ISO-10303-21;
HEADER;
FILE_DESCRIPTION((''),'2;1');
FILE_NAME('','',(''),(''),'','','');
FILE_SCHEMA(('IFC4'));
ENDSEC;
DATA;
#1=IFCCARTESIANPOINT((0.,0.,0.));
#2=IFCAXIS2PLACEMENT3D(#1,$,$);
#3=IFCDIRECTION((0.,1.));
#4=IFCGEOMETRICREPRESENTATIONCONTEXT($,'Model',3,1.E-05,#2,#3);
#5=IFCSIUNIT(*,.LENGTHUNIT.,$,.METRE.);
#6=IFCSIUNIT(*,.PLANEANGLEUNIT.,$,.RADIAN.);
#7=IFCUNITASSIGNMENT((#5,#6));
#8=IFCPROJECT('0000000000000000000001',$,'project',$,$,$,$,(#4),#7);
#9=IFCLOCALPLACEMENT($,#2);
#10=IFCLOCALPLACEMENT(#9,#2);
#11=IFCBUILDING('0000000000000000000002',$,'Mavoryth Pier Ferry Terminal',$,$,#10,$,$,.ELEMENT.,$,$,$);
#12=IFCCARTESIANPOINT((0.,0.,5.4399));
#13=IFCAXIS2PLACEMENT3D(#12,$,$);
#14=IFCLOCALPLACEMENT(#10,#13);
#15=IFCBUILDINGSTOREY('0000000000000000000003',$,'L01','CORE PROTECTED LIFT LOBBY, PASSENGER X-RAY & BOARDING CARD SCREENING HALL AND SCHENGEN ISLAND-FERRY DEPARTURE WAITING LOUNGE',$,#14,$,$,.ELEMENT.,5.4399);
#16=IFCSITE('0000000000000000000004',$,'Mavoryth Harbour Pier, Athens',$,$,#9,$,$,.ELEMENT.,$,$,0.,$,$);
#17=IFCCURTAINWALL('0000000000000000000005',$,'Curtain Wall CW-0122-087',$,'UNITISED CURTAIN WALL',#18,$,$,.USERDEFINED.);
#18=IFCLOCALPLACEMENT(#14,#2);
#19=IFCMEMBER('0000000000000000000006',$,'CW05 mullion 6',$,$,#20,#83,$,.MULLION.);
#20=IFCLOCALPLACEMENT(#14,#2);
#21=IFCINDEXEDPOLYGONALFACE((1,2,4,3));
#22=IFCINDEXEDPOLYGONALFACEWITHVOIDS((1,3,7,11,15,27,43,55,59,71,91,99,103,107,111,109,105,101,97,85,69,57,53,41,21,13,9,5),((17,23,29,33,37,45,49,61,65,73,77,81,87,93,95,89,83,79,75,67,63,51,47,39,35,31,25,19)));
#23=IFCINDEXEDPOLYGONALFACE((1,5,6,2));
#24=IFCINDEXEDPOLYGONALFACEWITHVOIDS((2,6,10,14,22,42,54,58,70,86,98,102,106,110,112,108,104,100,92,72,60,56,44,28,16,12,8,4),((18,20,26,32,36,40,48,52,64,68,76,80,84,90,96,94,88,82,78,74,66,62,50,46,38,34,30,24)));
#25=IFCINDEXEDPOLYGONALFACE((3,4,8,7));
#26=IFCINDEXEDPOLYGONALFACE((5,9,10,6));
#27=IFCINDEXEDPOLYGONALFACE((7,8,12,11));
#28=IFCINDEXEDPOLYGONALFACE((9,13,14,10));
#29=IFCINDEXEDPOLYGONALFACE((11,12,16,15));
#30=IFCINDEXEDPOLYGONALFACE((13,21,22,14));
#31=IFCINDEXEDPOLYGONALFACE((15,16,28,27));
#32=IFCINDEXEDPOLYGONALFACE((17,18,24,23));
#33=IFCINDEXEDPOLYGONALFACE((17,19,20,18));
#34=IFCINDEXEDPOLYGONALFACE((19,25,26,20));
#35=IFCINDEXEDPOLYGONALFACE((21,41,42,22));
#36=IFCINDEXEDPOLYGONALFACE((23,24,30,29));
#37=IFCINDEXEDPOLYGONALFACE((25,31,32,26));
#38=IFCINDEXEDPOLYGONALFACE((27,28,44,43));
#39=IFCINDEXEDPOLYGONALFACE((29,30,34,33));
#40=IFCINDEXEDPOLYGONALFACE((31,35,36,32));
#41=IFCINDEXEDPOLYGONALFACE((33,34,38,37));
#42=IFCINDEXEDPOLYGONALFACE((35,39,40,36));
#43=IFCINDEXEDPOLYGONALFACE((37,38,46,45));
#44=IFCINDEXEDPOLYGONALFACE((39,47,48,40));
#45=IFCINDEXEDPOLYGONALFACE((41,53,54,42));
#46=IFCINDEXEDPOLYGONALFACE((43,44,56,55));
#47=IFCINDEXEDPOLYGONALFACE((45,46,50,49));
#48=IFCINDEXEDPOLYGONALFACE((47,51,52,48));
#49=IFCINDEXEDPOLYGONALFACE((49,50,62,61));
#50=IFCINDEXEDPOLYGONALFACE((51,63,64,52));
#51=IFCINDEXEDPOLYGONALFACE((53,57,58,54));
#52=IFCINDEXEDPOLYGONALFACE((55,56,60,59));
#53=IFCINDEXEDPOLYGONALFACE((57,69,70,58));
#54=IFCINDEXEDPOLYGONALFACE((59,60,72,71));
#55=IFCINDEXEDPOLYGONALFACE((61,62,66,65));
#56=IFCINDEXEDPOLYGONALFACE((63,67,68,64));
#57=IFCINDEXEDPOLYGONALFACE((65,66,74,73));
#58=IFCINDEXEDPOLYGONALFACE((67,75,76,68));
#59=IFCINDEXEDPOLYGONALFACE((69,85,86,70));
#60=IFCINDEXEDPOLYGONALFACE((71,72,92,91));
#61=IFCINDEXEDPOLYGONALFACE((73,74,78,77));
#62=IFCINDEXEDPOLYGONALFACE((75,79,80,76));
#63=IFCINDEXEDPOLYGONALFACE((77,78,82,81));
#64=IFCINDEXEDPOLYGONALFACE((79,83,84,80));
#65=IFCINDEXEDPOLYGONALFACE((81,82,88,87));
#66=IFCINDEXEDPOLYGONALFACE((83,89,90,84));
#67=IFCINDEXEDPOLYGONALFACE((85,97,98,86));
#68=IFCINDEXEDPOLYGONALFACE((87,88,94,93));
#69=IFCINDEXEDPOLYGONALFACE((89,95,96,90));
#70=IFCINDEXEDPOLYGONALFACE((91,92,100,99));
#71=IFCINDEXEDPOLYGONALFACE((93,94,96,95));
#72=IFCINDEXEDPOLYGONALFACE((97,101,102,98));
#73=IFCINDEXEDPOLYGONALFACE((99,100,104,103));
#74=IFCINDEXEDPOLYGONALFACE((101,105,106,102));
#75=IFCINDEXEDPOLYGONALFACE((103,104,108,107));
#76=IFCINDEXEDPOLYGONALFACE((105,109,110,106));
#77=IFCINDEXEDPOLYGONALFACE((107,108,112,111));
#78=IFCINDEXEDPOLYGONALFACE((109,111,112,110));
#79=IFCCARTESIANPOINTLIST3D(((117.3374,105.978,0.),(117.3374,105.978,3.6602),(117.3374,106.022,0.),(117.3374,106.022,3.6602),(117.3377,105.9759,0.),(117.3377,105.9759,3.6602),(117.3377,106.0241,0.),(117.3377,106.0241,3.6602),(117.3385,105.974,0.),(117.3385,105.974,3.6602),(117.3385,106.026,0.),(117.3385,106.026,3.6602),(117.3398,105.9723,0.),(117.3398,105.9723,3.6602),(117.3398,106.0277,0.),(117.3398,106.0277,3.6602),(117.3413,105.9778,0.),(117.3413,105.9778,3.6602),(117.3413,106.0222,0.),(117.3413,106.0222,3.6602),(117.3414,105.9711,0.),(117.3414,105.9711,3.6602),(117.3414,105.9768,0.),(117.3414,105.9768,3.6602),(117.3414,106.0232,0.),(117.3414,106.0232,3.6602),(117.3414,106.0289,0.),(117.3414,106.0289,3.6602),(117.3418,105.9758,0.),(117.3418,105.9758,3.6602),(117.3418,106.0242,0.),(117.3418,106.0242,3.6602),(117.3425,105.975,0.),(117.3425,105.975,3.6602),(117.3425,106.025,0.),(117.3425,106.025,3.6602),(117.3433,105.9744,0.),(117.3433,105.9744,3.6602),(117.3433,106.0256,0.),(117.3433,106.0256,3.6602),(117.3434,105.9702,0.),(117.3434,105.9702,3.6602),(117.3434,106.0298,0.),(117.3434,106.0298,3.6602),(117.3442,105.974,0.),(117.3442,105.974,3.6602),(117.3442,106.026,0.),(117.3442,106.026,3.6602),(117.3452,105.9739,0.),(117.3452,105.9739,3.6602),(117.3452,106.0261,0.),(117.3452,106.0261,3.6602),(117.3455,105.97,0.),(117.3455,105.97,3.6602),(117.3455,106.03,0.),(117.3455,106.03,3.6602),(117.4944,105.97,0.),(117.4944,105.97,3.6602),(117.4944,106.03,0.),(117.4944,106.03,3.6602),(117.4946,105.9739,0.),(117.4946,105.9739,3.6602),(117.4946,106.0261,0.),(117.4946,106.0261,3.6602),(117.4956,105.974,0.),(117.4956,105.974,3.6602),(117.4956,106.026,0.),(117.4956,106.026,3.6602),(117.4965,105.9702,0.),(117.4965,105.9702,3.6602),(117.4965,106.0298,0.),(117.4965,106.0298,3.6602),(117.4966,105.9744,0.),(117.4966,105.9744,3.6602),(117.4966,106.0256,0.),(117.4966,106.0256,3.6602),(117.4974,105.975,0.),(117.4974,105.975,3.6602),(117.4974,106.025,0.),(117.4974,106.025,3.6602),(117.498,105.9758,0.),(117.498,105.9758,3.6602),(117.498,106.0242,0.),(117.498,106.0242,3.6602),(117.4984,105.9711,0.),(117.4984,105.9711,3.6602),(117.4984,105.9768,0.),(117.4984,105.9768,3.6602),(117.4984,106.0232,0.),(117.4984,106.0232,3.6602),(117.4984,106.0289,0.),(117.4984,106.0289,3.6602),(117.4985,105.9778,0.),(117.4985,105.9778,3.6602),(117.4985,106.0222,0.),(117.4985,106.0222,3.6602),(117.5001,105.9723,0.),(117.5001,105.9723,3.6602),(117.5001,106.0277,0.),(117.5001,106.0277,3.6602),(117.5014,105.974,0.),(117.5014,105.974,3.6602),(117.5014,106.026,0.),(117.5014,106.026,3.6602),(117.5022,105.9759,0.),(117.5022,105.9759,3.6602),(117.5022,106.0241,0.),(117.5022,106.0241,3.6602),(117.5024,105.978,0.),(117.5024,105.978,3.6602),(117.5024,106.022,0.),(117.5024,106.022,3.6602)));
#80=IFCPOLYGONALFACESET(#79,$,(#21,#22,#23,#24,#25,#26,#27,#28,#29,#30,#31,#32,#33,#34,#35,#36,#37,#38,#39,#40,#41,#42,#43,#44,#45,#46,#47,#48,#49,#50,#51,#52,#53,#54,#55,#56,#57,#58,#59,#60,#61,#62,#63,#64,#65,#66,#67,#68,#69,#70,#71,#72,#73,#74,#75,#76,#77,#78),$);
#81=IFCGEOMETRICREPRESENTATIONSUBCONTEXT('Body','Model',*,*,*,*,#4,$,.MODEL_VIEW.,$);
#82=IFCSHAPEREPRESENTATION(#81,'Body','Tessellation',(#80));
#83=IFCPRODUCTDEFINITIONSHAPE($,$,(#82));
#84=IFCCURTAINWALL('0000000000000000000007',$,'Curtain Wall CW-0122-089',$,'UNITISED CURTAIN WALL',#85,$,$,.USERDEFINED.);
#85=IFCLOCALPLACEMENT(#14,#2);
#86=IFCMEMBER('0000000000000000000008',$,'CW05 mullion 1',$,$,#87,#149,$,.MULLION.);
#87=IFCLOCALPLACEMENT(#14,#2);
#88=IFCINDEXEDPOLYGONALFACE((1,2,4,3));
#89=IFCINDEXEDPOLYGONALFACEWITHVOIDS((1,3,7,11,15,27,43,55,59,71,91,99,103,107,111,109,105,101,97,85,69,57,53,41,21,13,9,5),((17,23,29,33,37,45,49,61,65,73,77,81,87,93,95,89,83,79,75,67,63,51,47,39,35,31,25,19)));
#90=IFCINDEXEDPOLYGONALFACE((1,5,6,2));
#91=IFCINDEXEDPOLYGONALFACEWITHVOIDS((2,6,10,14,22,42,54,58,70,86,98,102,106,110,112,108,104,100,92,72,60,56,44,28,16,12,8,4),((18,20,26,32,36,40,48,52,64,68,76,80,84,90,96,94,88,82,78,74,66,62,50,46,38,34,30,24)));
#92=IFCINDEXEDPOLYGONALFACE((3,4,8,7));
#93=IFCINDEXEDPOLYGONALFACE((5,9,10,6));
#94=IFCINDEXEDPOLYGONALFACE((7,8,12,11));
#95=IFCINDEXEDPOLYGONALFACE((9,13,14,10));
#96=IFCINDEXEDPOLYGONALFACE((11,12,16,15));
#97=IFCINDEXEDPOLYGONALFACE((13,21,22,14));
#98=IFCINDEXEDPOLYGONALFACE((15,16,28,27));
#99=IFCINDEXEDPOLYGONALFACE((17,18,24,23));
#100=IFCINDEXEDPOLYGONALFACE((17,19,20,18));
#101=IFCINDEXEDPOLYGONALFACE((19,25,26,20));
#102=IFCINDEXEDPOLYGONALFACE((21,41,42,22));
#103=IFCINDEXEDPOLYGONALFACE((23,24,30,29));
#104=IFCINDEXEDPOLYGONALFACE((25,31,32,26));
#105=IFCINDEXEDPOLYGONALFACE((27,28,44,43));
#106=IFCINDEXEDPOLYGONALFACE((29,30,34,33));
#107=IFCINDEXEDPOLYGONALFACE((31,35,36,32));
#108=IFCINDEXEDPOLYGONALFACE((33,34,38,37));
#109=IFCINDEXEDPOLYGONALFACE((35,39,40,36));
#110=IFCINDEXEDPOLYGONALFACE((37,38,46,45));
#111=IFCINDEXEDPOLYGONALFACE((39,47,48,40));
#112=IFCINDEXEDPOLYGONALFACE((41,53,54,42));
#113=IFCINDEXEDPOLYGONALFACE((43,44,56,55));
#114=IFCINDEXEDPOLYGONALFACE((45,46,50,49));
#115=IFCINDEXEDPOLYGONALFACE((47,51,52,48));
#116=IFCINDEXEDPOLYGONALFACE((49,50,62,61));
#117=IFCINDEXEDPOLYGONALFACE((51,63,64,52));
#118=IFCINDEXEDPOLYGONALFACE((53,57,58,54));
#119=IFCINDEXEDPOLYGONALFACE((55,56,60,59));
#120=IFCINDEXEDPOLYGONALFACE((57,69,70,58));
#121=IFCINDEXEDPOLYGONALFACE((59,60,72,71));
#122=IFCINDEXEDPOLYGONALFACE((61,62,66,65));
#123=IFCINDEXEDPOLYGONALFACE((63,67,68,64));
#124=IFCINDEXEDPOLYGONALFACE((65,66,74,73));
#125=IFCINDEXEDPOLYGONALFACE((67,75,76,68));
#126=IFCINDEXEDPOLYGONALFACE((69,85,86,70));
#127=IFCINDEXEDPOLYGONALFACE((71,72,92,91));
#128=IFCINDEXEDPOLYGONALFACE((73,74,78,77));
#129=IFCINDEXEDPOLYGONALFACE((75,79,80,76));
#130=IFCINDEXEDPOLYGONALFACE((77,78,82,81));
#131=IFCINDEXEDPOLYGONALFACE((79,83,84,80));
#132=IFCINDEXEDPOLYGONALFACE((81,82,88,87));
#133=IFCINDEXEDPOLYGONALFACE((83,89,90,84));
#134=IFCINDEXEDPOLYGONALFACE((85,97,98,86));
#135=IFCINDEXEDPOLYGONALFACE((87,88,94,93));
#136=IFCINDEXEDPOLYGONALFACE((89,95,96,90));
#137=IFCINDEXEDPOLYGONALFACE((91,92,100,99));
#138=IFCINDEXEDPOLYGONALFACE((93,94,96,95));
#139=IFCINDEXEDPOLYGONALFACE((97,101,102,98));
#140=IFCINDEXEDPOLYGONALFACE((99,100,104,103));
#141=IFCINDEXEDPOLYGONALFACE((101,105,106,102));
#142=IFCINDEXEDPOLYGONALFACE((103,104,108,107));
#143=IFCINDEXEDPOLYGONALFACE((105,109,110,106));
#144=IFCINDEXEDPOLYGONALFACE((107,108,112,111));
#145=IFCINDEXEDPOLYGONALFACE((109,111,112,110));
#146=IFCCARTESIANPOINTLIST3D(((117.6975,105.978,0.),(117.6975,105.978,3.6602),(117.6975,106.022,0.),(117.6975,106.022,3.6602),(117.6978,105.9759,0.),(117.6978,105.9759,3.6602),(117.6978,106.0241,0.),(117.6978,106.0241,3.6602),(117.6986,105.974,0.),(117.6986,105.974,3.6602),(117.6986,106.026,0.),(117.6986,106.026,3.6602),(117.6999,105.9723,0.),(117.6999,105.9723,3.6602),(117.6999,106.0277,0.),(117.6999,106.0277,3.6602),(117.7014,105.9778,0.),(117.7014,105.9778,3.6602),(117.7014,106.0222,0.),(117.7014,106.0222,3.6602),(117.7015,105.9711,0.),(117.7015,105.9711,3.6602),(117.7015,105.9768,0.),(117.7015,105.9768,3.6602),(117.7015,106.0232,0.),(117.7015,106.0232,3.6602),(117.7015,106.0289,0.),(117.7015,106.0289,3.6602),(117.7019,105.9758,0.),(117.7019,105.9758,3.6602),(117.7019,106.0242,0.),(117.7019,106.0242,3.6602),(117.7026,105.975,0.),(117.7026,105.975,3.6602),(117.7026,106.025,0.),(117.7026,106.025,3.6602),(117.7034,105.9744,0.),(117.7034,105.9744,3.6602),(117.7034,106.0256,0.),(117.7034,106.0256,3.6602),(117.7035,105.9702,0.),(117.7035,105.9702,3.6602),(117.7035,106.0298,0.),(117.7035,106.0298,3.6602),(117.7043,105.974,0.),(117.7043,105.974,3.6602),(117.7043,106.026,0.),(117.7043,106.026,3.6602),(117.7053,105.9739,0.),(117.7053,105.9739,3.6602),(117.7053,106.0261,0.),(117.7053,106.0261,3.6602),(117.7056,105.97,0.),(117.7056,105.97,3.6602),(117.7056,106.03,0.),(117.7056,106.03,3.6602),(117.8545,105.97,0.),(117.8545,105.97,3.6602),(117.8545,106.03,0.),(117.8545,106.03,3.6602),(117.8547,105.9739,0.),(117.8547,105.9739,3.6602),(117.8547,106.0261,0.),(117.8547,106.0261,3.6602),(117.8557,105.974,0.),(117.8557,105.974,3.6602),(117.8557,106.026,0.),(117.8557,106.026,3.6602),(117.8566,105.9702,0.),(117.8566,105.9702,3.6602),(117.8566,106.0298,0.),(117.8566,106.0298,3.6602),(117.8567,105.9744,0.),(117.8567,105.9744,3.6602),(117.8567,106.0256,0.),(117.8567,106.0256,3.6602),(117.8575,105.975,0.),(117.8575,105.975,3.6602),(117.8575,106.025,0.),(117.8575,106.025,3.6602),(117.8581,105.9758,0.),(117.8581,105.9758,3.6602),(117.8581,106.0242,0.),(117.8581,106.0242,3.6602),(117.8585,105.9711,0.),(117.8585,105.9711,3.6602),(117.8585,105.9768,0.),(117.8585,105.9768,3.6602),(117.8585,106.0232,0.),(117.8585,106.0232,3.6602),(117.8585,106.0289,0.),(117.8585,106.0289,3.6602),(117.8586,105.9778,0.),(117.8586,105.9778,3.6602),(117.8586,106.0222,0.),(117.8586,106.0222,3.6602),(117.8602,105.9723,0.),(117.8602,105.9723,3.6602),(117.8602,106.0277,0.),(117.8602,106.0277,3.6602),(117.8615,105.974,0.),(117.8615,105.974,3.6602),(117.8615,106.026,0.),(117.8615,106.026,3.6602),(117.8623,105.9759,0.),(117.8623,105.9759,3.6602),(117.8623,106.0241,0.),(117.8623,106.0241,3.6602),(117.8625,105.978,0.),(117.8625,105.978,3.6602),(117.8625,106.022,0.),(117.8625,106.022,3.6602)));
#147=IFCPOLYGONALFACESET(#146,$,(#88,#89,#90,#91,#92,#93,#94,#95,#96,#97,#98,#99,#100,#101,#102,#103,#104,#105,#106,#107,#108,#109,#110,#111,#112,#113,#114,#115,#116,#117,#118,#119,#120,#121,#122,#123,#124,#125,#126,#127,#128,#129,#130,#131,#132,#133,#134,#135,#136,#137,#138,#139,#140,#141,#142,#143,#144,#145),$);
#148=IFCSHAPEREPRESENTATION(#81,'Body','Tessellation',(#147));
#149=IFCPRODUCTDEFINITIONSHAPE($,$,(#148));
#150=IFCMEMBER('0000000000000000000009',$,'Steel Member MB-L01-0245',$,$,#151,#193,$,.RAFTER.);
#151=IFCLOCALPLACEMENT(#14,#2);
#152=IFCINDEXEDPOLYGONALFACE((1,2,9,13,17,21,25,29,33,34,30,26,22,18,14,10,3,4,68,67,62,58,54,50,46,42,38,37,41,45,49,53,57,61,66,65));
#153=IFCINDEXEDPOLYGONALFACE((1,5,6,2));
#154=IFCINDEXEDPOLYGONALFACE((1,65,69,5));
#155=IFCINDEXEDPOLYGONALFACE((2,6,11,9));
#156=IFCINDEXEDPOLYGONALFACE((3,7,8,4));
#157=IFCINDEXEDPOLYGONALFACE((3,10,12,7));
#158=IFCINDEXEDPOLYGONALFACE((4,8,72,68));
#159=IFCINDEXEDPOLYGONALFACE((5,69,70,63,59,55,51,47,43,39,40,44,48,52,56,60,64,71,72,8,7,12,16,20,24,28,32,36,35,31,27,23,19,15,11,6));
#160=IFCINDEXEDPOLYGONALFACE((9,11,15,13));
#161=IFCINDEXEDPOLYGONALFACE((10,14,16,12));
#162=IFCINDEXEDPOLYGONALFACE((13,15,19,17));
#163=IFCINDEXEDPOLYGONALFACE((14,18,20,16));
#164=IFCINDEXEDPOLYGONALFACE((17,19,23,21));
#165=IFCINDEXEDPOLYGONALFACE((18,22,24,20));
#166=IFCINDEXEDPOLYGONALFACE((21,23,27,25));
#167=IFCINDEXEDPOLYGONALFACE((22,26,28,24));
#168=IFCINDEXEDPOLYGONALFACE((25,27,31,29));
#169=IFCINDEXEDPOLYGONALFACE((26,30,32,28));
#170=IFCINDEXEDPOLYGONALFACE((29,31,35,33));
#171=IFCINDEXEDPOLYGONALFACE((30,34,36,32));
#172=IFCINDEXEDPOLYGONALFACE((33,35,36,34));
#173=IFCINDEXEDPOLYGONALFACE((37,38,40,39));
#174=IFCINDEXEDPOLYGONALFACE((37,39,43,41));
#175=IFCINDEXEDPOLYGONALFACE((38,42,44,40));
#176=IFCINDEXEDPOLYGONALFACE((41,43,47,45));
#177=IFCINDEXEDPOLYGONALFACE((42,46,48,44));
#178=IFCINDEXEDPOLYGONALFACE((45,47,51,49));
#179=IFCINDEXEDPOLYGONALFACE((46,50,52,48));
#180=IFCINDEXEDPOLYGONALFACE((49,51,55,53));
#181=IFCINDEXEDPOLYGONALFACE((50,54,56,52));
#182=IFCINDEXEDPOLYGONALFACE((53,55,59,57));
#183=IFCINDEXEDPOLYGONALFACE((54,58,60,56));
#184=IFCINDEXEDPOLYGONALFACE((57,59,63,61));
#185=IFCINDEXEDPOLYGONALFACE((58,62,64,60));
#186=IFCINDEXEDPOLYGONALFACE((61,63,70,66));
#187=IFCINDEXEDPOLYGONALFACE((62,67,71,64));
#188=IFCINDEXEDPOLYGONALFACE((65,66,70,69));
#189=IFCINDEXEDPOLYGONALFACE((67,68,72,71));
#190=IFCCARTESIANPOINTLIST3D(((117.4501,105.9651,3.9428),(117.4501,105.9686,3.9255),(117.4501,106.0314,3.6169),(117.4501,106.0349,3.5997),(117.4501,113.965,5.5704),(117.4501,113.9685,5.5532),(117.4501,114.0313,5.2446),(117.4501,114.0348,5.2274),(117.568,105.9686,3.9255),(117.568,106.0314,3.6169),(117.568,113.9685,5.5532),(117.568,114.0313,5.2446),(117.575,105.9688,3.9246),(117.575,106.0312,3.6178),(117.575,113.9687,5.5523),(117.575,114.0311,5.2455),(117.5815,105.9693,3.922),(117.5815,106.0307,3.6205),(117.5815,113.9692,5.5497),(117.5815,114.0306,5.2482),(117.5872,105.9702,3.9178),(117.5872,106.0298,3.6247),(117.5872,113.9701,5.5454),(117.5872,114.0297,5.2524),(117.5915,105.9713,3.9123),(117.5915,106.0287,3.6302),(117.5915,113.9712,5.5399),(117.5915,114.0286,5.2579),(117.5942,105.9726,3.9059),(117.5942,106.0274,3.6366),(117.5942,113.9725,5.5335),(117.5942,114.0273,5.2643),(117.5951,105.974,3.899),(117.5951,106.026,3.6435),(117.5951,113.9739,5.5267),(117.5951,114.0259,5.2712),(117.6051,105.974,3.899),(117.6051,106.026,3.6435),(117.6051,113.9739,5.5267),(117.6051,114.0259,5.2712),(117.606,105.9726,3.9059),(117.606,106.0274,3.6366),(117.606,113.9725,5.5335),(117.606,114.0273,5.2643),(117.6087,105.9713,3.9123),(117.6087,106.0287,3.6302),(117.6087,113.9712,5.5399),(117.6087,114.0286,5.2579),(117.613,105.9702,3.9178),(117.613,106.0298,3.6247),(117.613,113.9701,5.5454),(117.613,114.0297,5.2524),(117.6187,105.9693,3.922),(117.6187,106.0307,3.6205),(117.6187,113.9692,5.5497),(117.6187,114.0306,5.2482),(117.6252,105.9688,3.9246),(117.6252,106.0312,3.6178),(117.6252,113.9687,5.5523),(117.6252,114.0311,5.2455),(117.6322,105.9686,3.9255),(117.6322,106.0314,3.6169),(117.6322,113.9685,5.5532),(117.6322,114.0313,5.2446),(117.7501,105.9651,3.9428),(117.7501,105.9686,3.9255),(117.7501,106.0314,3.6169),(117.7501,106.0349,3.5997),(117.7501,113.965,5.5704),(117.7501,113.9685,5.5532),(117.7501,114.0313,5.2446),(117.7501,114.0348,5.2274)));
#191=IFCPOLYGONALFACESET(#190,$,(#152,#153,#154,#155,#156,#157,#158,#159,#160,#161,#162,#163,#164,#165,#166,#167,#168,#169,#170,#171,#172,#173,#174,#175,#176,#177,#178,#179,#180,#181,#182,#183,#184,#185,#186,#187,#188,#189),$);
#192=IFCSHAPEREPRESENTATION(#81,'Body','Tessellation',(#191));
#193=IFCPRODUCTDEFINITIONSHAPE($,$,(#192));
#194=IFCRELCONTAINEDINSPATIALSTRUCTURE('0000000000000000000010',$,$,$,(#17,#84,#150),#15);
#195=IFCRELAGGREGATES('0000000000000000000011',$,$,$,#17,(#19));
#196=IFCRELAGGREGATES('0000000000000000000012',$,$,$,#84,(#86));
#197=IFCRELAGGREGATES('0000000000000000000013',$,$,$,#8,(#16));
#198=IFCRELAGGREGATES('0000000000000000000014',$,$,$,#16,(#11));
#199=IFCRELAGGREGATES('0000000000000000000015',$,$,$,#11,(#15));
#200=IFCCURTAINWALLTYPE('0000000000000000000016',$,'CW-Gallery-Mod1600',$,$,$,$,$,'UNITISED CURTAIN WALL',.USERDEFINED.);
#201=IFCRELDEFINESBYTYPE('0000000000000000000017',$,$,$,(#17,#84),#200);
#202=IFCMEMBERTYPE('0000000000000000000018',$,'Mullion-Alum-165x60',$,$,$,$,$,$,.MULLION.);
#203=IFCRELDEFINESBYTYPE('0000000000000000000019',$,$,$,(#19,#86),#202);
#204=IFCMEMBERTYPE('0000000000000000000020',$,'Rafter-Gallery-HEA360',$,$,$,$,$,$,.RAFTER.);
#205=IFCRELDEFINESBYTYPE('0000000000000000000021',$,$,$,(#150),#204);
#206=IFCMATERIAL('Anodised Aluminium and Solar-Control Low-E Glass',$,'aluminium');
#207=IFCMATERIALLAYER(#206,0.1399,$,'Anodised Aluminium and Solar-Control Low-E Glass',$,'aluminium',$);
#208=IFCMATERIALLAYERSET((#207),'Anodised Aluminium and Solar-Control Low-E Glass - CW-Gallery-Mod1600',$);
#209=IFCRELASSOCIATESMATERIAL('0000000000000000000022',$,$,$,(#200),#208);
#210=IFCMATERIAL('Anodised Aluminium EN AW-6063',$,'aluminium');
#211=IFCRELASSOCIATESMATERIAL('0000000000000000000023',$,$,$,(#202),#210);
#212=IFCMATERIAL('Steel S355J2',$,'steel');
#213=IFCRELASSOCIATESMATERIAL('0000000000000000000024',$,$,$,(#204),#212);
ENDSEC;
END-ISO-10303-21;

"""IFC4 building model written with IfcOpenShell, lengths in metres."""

from ifc_helpers import new_model, si_unit, direction, frame, origin, origin_2d, place, context, subcontext, project, spatial, hollow_rectangle, i_section, extrude, material, layer, layer_set, material_profile, profile_set, type_object, element, aggregate, save


model = new_model("IFC4")

# Units and contexts
model_context = context("Model", 3, precision=1e-05, world=origin(), true_north=direction((0.0, 1.0)))
body_context = subcontext(model_context, "Body", "Model", "MODEL_VIEW")
ifc_project = project(units=[si_unit("LENGTHUNIT", "METRE"), si_unit("PLANEANGLEUNIT", "RADIAN")], contexts=[model_context])

# Site, building, storey
site_placement = place(None, origin())
site = spatial("IfcSite", under=ifc_project, at=site_placement, Name="Mavoryth Harbour Pier, Athens", CompositionType="ELEMENT", RefElevation=0.0)
building_placement = place(site_placement, origin())
building = spatial("IfcBuilding", under=site, at=building_placement, Name="Mavoryth Pier Ferry Terminal", CompositionType="ELEMENT")
storey_placement = place(building_placement, frame((0.0, 0.0, 5.4399)))
storey = spatial("IfcBuildingStorey", under=building, at=storey_placement, Name="L01", Description="CORE PROTECTED LIFT LOBBY, PASSENGER X-RAY & BOARDING CARD SCREENING HALL AND SCHENGEN ISLAND-FERRY DEPARTURE WAITING LOUNGE", CompositionType="ELEMENT", Elevation=5.4399)

# Shared definitions
ifc_material_1 = material(Name="Steel S355J2", Category="steel")

# Curtain wall, member
ifc_material_2 = material(Name="Anodised Aluminium and Solar-Control Low-E Glass", Category="aluminium")
ifc_layer_1 = layer(ifc_material_2, 0.1399, Name="Anodised Aluminium and Solar-Control Low-E Glass", Category="aluminium")
ifc_layer_set_1 = layer_set([ifc_layer_1], Name="Anodised Aluminium and Solar-Control Low-E Glass - CW-Gallery-Mod1600")
curtain_wall_type = type_object("IfcCurtainWallType", Name="CW-Gallery-Mod1600", ElementType="UNITISED CURTAIN WALL", PredefinedType="USERDEFINED", material=ifc_layer_set_1)
curtain_wall_1_placement = place(storey_placement, origin())
curtain_wall_1 = element("IfcCurtainWall", 1, at=curtain_wall_1_placement, inside=storey, type_object=curtain_wall_type, Name="Curtain Wall CW-0122-087", ObjectType="UNITISED CURTAIN WALL", PredefinedType="USERDEFINED")
ifc_material_3 = material(Name="Anodised Aluminium EN AW-6063", Category="aluminium")
ifc_material_profile_1 = material_profile(ifc_material_3, hollow_rectangle(XDim=0.0601, YDim=0.165, WallThickness=0.0039, InnerFilletRadius=0.0039, OuterFilletRadius=0.0081, at=origin_2d()), Name="AL-MULL 165x60x4", Category="aluminium")
ifc_profile_set_1 = profile_set([ifc_material_profile_1], Name="Anodised Aluminium EN AW-6063 - AL-MULL 165x60x4")
member_type_1 = type_object("IfcMemberType", Name="Mullion-Alum-165x60", PredefinedType="MULLION", material=ifc_profile_set_1)
member_1_placement = place(storey_placement, frame((117.4199, 106.0, 0.0), z_axis=(0.0, 0.0, 1.0), x_axis=(0.0, 1.0, 0.0)))
member_1 = element("IfcMember", 2, at=member_1_placement, type_object=member_type_1, Name="CW05 mullion 6", PredefinedType="MULLION", context=body_context, shape_type="SweptSolid", body=[
    extrude(hollow_rectangle(XDim=0.0601, YDim=0.165, WallThickness=0.0039, InnerFilletRadius=0.0039, OuterFilletRadius=0.0081, at=origin_2d()), origin(), (0.0, 0.0, 1.0), 3.6602),
])

# Curtain wall, member
curtain_wall_2_placement = place(storey_placement, origin())
curtain_wall_2 = element("IfcCurtainWall", 3, at=curtain_wall_2_placement, inside=storey, type_object=curtain_wall_type, Name="Curtain Wall CW-0122-089", ObjectType="UNITISED CURTAIN WALL", PredefinedType="USERDEFINED")
member_2_placement = place(storey_placement, frame((117.78, 106.0, 0.0), z_axis=(0.0, 0.0, 1.0), x_axis=(0.0, 1.0, 0.0)))
member_2 = element("IfcMember", 4, at=member_2_placement, type_object=member_type_1, Name="CW05 mullion 1", PredefinedType="MULLION", context=body_context, shape_type="SweptSolid", body=[
    extrude(hollow_rectangle(XDim=0.0601, YDim=0.165, WallThickness=0.0039, InnerFilletRadius=0.0039, OuterFilletRadius=0.0081, at=origin_2d()), origin(), (0.0, 0.0, 1.0), 3.6602),
])

# Member
ifc_material_profile_2 = material_profile(ifc_material_1, i_section(OverallWidth=0.3, OverallDepth=0.3501, WebThickness=0.01, FlangeThickness=0.0176, FilletRadius=0.0271, at=origin_2d()), Name="HEA 360", Category="steel")
ifc_profile_set_2 = profile_set([ifc_material_profile_2], Name="Steel S355J2 - HEA 360")
member_type_2 = type_object("IfcMemberType", Name="Rafter-Gallery-HEA360", PredefinedType="RAFTER", material=ifc_profile_set_2)
member_3_placement = place(storey_placement, frame((117.6001, 106.0, 3.7712), z_axis=(0.0, 0.979923, 0.199376), x_axis=(-1.0, 0.0, 0.0)))
element("IfcMember", 5, at=member_3_placement, inside=storey, type_object=member_type_2, Name="Steel Member MB-L01-0245", PredefinedType="RAFTER", context=body_context, shape_type="SweptSolid", body=[
    extrude(i_section(OverallWidth=0.3, OverallDepth=0.3501, WebThickness=0.01, FlangeThickness=0.0176, FilletRadius=0.0271, at=origin_2d()), origin(), (0.0, 0.0, 1.0), 8.1638),
])

aggregate(curtain_wall_1, [member_1])
aggregate(curtain_wall_2, [member_2])

save(model, "model.ifc")
